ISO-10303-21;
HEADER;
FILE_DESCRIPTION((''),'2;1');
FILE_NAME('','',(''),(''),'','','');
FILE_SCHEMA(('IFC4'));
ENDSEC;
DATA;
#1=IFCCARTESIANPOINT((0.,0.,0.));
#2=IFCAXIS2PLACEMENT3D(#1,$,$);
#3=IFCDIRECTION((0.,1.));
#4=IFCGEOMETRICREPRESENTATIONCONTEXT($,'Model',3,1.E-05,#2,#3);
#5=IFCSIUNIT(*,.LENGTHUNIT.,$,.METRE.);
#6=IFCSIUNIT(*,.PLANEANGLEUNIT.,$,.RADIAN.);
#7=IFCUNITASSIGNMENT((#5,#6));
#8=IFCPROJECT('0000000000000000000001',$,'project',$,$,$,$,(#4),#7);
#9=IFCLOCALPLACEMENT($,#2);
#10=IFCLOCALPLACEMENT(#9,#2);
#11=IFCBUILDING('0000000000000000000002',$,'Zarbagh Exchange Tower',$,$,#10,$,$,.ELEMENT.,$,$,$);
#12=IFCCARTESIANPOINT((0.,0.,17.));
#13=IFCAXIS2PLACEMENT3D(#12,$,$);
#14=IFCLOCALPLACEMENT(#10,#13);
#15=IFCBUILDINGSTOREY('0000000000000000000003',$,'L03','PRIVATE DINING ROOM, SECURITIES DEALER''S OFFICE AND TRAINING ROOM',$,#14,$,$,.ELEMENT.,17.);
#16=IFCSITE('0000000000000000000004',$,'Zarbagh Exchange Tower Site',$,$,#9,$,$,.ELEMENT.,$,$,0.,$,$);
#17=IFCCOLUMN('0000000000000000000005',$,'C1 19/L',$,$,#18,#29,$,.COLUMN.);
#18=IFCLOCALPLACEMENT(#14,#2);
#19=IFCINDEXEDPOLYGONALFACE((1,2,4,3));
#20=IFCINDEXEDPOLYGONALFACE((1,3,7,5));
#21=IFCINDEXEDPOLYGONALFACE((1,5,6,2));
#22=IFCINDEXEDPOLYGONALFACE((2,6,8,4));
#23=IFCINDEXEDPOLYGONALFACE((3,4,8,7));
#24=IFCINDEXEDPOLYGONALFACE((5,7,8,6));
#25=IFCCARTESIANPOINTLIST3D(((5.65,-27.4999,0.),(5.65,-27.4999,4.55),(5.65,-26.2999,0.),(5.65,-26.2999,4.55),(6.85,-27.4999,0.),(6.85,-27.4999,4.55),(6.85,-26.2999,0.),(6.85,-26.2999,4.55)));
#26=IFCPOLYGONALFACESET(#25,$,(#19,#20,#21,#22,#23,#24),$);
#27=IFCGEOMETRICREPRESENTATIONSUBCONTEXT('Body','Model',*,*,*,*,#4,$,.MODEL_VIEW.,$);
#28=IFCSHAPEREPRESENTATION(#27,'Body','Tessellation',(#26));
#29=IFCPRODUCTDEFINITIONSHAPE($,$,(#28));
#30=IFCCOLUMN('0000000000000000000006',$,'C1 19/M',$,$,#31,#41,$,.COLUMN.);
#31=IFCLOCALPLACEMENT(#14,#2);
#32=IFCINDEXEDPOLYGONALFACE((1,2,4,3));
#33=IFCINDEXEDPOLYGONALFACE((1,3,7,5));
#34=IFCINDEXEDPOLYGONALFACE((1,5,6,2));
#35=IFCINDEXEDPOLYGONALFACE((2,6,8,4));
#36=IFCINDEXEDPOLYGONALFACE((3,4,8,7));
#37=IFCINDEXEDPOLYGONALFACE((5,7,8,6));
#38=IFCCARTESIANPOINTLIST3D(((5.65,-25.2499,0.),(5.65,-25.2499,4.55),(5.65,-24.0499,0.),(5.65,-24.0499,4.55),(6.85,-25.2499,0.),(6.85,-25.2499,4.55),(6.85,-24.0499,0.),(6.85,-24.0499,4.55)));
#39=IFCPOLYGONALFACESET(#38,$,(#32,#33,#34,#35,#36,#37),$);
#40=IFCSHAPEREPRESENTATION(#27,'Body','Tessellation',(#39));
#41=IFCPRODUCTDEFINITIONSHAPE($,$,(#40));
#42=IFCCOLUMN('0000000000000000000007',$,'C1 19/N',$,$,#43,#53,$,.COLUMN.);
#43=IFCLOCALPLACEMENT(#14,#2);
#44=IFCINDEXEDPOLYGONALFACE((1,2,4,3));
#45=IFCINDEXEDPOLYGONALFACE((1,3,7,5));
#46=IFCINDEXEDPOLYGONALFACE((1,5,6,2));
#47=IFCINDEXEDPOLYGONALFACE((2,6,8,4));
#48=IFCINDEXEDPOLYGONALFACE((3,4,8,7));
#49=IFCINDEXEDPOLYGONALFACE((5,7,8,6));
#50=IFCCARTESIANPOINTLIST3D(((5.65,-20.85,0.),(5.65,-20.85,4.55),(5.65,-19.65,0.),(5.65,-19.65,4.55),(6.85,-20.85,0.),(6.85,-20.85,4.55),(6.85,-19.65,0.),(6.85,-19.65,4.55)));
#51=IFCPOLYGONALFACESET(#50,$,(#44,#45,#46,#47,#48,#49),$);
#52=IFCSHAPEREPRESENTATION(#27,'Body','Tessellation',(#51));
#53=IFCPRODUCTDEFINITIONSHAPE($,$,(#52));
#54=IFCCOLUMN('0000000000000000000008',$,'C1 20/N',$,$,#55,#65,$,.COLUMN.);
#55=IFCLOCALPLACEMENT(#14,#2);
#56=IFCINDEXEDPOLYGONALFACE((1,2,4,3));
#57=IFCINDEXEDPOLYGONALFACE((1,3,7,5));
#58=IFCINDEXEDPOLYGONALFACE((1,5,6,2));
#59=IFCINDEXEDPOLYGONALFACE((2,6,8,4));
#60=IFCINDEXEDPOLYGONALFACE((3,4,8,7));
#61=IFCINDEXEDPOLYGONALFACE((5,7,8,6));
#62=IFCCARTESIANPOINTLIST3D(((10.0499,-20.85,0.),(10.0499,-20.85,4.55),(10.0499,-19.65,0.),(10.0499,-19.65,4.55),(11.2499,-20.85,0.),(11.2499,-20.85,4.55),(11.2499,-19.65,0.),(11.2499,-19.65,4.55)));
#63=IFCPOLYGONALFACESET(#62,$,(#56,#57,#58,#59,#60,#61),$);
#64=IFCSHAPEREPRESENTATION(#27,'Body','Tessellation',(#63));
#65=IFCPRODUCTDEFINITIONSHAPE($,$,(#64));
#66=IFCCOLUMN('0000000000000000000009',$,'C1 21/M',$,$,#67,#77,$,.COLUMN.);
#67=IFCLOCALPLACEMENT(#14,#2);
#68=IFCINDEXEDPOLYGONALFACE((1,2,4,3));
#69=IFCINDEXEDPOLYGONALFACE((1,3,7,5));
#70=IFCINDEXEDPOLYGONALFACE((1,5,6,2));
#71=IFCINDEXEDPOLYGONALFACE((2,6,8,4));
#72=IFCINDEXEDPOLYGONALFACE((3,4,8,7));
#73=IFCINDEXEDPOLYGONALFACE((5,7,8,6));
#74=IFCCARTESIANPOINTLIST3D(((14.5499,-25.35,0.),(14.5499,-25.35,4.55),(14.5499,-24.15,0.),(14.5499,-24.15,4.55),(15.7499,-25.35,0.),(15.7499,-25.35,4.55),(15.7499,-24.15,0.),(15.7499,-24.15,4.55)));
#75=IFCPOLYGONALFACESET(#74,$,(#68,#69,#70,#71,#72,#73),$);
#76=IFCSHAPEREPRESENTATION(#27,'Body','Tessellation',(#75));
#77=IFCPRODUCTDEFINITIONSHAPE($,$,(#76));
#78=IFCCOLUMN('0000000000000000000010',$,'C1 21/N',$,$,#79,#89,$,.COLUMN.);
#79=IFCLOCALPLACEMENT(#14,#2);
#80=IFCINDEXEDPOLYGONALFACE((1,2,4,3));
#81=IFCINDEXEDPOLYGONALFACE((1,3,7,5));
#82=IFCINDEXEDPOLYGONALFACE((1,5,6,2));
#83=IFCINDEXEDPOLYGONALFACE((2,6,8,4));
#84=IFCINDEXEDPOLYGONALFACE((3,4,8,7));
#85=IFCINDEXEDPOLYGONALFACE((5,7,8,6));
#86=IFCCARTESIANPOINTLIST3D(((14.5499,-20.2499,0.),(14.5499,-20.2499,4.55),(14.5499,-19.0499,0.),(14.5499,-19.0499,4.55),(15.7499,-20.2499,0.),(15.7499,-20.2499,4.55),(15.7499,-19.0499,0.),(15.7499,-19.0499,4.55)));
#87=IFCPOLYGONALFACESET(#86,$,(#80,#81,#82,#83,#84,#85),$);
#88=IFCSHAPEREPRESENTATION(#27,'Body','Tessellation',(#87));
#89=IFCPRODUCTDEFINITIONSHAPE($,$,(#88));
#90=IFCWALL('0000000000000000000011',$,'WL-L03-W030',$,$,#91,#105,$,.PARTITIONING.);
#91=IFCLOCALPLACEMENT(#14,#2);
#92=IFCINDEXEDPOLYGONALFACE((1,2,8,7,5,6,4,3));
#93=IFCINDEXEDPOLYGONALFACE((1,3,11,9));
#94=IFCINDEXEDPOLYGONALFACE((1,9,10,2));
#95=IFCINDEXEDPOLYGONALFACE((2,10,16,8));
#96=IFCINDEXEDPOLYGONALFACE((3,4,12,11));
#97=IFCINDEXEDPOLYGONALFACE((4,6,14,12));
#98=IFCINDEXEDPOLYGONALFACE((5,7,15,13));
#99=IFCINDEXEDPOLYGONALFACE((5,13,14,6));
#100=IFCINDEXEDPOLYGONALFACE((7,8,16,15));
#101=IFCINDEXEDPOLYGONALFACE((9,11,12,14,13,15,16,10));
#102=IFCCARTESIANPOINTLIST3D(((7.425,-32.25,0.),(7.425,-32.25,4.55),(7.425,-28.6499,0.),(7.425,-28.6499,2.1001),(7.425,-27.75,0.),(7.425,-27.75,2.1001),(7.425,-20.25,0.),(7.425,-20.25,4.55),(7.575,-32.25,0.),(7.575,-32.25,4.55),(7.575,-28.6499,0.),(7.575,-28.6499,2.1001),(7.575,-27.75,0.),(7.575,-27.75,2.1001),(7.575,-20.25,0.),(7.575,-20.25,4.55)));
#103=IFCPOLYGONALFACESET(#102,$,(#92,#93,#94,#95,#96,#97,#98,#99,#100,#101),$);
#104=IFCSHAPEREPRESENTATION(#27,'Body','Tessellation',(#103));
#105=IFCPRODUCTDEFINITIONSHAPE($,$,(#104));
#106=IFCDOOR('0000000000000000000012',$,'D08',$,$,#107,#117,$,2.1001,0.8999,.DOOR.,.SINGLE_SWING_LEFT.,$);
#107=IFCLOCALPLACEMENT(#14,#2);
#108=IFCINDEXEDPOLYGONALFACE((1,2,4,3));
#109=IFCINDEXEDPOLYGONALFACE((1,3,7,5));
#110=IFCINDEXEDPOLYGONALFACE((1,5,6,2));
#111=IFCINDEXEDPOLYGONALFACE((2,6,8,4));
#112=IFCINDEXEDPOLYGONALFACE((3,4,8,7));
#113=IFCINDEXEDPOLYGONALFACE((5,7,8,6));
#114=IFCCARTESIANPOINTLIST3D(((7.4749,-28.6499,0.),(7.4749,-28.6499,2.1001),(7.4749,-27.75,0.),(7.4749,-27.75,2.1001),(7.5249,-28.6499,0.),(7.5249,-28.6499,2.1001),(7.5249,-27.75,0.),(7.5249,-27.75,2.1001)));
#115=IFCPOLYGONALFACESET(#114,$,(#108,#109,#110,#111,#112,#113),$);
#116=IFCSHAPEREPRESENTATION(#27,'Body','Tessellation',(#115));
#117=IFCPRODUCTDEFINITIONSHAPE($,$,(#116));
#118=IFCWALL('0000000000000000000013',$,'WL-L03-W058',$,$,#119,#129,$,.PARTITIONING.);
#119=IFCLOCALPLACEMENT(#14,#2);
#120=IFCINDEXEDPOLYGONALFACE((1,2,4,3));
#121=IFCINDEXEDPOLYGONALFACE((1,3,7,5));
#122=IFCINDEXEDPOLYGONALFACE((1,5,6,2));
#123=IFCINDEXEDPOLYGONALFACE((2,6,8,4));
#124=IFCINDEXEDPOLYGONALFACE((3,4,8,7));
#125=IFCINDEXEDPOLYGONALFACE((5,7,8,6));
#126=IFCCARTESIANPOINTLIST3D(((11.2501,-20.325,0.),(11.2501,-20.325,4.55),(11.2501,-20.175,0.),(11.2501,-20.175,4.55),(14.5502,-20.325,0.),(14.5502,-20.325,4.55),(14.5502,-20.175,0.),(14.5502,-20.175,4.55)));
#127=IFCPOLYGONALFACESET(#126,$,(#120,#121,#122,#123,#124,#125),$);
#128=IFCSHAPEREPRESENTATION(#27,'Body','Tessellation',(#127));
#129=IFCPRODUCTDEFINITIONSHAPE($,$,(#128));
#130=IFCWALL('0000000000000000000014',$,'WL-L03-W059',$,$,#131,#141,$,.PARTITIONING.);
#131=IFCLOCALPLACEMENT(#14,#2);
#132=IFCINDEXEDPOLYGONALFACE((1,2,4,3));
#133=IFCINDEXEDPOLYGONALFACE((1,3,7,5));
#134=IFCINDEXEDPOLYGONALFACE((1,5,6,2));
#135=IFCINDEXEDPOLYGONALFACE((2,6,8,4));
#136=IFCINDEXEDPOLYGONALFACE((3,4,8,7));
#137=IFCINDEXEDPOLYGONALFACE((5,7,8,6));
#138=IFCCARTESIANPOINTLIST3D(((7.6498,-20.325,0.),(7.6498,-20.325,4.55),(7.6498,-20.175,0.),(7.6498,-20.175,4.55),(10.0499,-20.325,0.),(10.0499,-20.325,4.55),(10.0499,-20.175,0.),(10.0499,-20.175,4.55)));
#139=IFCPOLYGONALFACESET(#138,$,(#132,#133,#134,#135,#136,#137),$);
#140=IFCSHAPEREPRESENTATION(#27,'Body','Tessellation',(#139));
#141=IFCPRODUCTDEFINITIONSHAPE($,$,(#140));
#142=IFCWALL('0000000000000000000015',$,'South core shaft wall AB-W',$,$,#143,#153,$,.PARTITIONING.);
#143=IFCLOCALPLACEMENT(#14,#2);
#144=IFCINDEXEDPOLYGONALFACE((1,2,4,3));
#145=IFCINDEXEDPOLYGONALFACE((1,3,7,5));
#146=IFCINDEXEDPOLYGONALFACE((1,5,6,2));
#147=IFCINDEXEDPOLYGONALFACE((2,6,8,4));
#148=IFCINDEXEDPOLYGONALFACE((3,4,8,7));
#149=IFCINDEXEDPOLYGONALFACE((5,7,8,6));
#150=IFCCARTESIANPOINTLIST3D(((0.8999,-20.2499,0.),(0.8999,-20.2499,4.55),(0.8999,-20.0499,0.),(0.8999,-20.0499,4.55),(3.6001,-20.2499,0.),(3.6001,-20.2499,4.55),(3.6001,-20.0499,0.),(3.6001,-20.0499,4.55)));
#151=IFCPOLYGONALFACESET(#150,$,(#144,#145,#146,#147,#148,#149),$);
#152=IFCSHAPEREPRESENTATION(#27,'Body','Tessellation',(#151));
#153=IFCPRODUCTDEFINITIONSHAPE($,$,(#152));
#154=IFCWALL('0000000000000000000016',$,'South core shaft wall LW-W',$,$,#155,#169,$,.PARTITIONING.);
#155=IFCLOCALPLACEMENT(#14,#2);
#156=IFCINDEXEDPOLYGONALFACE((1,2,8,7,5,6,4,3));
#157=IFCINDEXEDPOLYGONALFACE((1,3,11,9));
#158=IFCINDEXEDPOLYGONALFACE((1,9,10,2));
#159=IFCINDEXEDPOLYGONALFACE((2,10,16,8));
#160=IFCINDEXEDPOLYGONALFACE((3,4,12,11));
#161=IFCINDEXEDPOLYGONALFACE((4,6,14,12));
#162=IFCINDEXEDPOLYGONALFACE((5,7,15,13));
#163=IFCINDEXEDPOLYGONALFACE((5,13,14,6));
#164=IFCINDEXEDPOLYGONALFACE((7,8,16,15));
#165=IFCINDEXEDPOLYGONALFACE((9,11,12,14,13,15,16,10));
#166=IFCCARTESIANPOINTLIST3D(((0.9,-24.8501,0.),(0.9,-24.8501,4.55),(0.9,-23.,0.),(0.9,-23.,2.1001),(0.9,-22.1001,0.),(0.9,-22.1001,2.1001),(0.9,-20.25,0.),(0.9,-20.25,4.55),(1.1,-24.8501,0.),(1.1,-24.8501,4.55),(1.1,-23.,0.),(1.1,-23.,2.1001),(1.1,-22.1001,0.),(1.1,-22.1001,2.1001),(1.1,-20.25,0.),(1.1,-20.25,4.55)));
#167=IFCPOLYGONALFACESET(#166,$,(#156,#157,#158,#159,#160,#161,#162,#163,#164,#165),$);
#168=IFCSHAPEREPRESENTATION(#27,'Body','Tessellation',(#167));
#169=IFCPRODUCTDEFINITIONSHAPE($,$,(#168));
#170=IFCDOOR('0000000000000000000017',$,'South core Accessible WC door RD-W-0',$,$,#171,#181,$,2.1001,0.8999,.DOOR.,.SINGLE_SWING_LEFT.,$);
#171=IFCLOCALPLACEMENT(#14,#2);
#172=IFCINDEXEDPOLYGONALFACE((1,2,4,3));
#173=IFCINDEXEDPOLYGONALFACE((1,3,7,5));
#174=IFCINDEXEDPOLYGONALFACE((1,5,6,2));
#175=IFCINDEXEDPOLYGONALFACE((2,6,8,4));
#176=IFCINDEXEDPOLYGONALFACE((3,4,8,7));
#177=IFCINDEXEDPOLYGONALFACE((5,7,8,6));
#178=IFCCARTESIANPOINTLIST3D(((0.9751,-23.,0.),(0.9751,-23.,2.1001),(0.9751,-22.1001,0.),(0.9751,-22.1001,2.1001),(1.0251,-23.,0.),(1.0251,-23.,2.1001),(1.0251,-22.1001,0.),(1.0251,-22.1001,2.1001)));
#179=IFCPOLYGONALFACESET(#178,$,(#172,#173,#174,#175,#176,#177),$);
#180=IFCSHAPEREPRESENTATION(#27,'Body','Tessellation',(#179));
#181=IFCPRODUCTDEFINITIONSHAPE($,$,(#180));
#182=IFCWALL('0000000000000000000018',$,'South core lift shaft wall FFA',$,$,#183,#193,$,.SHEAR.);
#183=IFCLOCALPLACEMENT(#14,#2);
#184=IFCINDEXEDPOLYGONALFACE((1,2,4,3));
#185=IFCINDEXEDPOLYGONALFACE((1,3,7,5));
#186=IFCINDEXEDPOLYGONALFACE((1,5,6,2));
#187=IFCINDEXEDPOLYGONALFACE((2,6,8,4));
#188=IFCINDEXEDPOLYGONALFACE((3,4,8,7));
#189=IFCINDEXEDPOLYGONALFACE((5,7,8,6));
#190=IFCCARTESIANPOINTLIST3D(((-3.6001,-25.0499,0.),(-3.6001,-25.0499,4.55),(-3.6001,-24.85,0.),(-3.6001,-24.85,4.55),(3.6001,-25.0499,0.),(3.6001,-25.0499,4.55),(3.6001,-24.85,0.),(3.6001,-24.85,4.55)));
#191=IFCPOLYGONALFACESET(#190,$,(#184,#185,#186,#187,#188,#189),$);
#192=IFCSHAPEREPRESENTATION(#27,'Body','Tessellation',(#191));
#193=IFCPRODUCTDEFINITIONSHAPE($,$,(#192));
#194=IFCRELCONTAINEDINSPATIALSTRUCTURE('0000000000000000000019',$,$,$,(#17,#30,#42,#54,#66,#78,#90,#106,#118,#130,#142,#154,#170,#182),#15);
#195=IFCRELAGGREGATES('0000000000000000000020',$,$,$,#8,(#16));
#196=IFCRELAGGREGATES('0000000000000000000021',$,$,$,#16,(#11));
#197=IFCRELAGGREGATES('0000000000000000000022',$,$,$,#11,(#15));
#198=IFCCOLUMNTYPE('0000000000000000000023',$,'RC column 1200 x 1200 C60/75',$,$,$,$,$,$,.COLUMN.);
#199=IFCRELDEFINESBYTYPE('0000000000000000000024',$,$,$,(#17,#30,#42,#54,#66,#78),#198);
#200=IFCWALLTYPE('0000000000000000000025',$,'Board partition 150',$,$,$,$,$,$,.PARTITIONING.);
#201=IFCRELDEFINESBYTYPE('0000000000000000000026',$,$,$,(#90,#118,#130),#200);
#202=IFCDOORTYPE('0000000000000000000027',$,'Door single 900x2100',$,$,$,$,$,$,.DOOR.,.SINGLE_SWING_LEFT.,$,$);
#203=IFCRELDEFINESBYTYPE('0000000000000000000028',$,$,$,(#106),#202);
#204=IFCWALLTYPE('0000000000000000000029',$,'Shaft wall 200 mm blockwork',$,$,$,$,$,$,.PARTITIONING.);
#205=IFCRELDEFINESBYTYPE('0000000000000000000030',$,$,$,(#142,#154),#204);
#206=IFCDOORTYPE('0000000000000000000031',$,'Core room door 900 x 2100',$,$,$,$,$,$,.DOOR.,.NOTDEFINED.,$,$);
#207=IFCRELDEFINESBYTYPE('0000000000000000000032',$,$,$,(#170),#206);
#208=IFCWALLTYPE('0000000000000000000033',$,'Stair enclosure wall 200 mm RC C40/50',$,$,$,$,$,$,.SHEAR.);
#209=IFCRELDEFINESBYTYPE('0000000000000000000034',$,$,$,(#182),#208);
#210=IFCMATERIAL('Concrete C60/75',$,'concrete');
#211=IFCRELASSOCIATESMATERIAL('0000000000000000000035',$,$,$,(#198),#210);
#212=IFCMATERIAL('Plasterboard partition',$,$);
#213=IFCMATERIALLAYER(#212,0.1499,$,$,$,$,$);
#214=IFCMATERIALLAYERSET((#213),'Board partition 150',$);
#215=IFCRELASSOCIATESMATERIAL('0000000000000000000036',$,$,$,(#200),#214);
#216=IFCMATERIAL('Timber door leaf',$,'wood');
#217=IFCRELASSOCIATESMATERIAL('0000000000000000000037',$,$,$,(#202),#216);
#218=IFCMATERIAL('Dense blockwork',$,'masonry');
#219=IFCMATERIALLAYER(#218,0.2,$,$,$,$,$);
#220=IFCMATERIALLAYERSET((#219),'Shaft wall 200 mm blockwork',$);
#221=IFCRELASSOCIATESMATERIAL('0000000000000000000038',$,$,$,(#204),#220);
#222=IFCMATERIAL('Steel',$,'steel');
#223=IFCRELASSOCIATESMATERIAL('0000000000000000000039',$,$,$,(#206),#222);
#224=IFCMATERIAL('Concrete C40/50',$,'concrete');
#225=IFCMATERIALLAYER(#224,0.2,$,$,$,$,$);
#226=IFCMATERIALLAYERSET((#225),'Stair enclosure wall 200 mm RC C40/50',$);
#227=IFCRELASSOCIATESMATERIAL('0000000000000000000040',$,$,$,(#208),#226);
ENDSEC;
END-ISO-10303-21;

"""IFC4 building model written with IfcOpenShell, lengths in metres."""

from ifc_helpers import new_model, si_unit, direction, frame, frame_2d, origin, origin_2d, place, context, subcontext, project, spatial, rectangle, extrude, material, layer, layer_set, material_profile, profile_set, type_object, element, fill, save


model = new_model("IFC4")

# Units and contexts
model_context = context("Model", 3, precision=1e-05, world=origin(), true_north=direction((0.0, 1.0)))
body_context = subcontext(model_context, "Body", "Model", "MODEL_VIEW")
ifc_project = project(units=[si_unit("LENGTHUNIT", "METRE"), si_unit("PLANEANGLEUNIT", "RADIAN")], contexts=[model_context])

# Site, building, storey
site_placement = place(None, origin())
site = spatial("IfcSite", under=ifc_project, at=site_placement, Name="Zarbagh Exchange Tower Site", CompositionType="ELEMENT", RefElevation=0.0)
building_placement = place(site_placement, origin())
building = spatial("IfcBuilding", under=site, at=building_placement, Name="Zarbagh Exchange Tower", CompositionType="ELEMENT")
storey_placement = place(building_placement, frame((0.0, 0.0, 17.0)))
storey = spatial("IfcBuildingStorey", under=building, at=storey_placement, Name="L03", Description="PRIVATE DINING ROOM, SECURITIES DEALER'S OFFICE AND TRAINING ROOM", CompositionType="ELEMENT", Elevation=17.0)

# Columns
ifc_material_1 = material(Name="Concrete C60/75", Category="concrete")
ifc_material_profile = material_profile(ifc_material_1, rectangle(XDim=1.2, YDim=1.2, at=origin_2d()), Name="RC column 1200 x 1200 C60/75")
ifc_profile_set = profile_set([ifc_material_profile], Name="Concrete C60/75")
column_type = type_object("IfcColumnType", Name="RC column 1200 x 1200 C60/75", PredefinedType="COLUMN", material=ifc_profile_set)
for number, where, z_axis, x_axis, name in (
    (1, (6.25, -26.8999, 0.0), (0.0, 0.0, 1.0), (1.0, 0.0, 0.0), "C1 19/L"),
    (2, (6.25, -24.6499, 0.0), (0.0, 0.0, 1.0), (1.0, 0.0, 0.0), "C1 19/M"),
    (3, (6.25, -20.25, 0.0), (0.0, 0.0, 1.0), (1.0, 0.0, 0.0), "C1 19/N"),
    (4, (10.6499, -20.25, 0.0), (0.0, 0.0, 1.0), (1.0, 0.0, 0.0), "C1 20/N"),
    (5, (15.1499, -24.75, 0.0), (0.0, 0.0, 1.0), (1.0, 0.0, 0.0), "C1 21/M"),
    (6, (15.1499, -19.6499, 0.0), (0.0, 0.0, 1.0), (1.0, 0.0, 0.0), "C1 21/N"),
):
    element("IfcColumn", number, at=place(storey_placement, frame(where, z_axis=z_axis, x_axis=x_axis)), inside=storey, type_object=column_type, Name=name, PredefinedType="COLUMN", context=body_context, shape_type="SweptSolid", body=[
        extrude(rectangle(XDim=1.2, YDim=1.2, at=origin_2d()), origin(), (0.0, 0.0, 1.0), 4.55),
    ])

# Wall, opening, door
ifc_material_2 = material(Name="Plasterboard partition")
ifc_layer_1 = layer(ifc_material_2, 0.1499)
ifc_layer_set_1 = layer_set([ifc_layer_1], Name="Board partition 150")
wall_type_1 = type_object("IfcWallType", Name="Board partition 150", PredefinedType="PARTITIONING", material=ifc_layer_set_1)
wall_1_placement = place(storey_placement, frame((7.5, -20.25, 0.0), z_axis=(0.0, 0.0, 1.0), x_axis=(0.0, -1.0, 0.0)))
wall_1 = element("IfcWall", 7, at=wall_1_placement, inside=storey, type_object=wall_type_1, Name="WL-L03-W030", PredefinedType="PARTITIONING", context=body_context, shape_type="SweptSolid", body=[
    extrude(rectangle(XDim=12.0, YDim=0.1499, at=frame_2d((6.0, 0.0))), origin(), (0.0, 0.0, 1.0), 4.55),
])
opening_1_placement = place(wall_1_placement, frame((7.5, 0.0, 0.0)))
opening_1 = element("IfcOpeningElement", 8, at=opening_1_placement, cuts=wall_1, PredefinedType="OPENING", context=body_context, shape_type="SweptSolid", body=[
    extrude(rectangle(XDim=0.8999, YDim=2.1001, at=frame_2d((0.45, 1.05))), frame((0.0, 0.085, 0.0), z_axis=(0.0, -1.0, 0.0), x_axis=(1.0, 0.0, 0.0)), (0.0, 0.0, 1.0), 0.1699),
])
ifc_material_3 = material(Name="Timber door leaf", Category="wood")
door_type_1 = type_object("IfcDoorType", Name="Door single 900x2100", OperationType="SINGLE_SWING_LEFT", PredefinedType="DOOR", material=ifc_material_3)
door_1_placement = place(opening_1_placement, origin())
door_1 = element("IfcDoor", 9, at=door_1_placement, inside=storey, type_object=door_type_1, Name="D08", OperationType="SINGLE_SWING_LEFT", OverallHeight=2.1001, OverallWidth=0.8999, PredefinedType="DOOR", context=body_context, shape_type="SweptSolid", body=[
    extrude(rectangle(XDim=0.8999, YDim=2.1001, at=frame_2d((0.45, 1.05))), frame((0.0, 0.0249, 0.0), z_axis=(0.0, -1.0, 0.0), x_axis=(1.0, 0.0, 0.0)), (0.0, 0.0, 1.0), 0.05),
])
fill(opening_1, door_1)

# Walls
wall_2_placement = place(storey_placement, frame((14.55, -20.25, 0.0), z_axis=(0.0, 0.0, 1.0), x_axis=(-1.0, 0.0, 0.0)))
element("IfcWall", 10, at=wall_2_placement, inside=storey, type_object=wall_type_1, Name="WL-L03-W058", PredefinedType="PARTITIONING", context=body_context, shape_type="SweptSolid", body=[
    extrude(rectangle(XDim=3.3, YDim=0.1499, at=frame_2d((1.6499, 0.0))), origin(), (0.0, 0.0, 1.0), 4.55),
])
wall_3_placement = place(storey_placement, frame((10.05, -20.25, 0.0), z_axis=(0.0, 0.0, 1.0), x_axis=(-1.0, 0.0, 0.0)))
element("IfcWall", 11, at=wall_3_placement, inside=storey, type_object=wall_type_1, Name="WL-L03-W059", PredefinedType="PARTITIONING", context=body_context, shape_type="SweptSolid", body=[
    extrude(rectangle(XDim=2.4001, YDim=0.1499, at=frame_2d((1.2002, 0.0))), origin(), (0.0, 0.0, 1.0), 4.55),
])
ifc_material_4 = material(Name="Dense blockwork", Category="masonry")
ifc_layer_2 = layer(ifc_material_4, 0.2)
ifc_layer_set_2 = layer_set([ifc_layer_2], Name="Shaft wall 200 mm blockwork")
wall_type_2 = type_object("IfcWallType", Name="Shaft wall 200 mm blockwork", PredefinedType="PARTITIONING", material=ifc_layer_set_2)
wall_4_placement = place(storey_placement, frame((3.6001, -20.1499, 0.0), z_axis=(0.0, 0.0, 1.0), x_axis=(-1.0, 0.0, 0.0)))
element("IfcWall", 12, at=wall_4_placement, inside=storey, type_object=wall_type_2, Name="South core shaft wall AB-W", PredefinedType="PARTITIONING", context=body_context, shape_type="SweptSolid", body=[
    extrude(rectangle(XDim=2.7002, YDim=0.2, at=frame_2d((1.3501, 0.0))), origin(), (0.0, 0.0, 1.0), 4.55),
])

# Wall, opening, door
wall_5_placement = place(storey_placement, frame((1.0, -24.8501, 0.0), z_axis=(0.0, 0.0, 1.0), x_axis=(0.0, 1.0, 0.0)))
wall_5 = element("IfcWall", 13, at=wall_5_placement, inside=storey, type_object=wall_type_2, Name="South core shaft wall LW-W", PredefinedType="PARTITIONING", context=body_context, shape_type="SweptSolid", body=[
    extrude(rectangle(XDim=4.6001, YDim=0.2, at=frame_2d((2.3, 0.0))), origin(), (0.0, 0.0, 1.0), 4.55),
])
opening_2_placement = place(wall_5_placement, frame((1.8501, 0.0, 0.0)))
opening_2 = element("IfcOpeningElement", 14, at=opening_2_placement, cuts=wall_5, PredefinedType="OPENING", context=body_context, shape_type="SweptSolid", body=[
    extrude(rectangle(XDim=0.8999, YDim=2.1001, at=frame_2d((0.45, 1.05))), frame((0.0, 0.1099, 0.0), z_axis=(0.0, -1.0, 0.0), x_axis=(1.0, 0.0, 0.0)), (0.0, 0.0, 1.0), 0.22),
])
ifc_material_5 = material(Name="Steel", Category="steel")
door_type_2 = type_object("IfcDoorType", Name="Core room door 900 x 2100", OperationType="NOTDEFINED", PredefinedType="DOOR", material=ifc_material_5)
door_2_placement = place(opening_2_placement, origin())
door_2 = element("IfcDoor", 15, at=door_2_placement, inside=storey, type_object=door_type_2, Name="South core Accessible WC door RD-W-0", OperationType="SINGLE_SWING_LEFT", OverallHeight=2.1001, OverallWidth=0.8999, PredefinedType="DOOR", context=body_context, shape_type="SweptSolid", body=[
    extrude(rectangle(XDim=0.8999, YDim=2.1001, at=frame_2d((0.45, 1.05))), frame((0.0, 0.0249, 0.0), z_axis=(0.0, -1.0, 0.0), x_axis=(1.0, 0.0, 0.0)), (0.0, 0.0, 1.0), 0.05),
])
fill(opening_2, door_2)

# Wall
ifc_material_6 = material(Name="Concrete C40/50", Category="concrete")
ifc_layer_3 = layer(ifc_material_6, 0.2)
ifc_layer_set_3 = layer_set([ifc_layer_3], Name="Stair enclosure wall 200 mm RC C40/50")
wall_type_3 = type_object("IfcWallType", Name="Stair enclosure wall 200 mm RC C40/50", PredefinedType="SHEAR", material=ifc_layer_set_3)
for number, where, z_axis, x_axis, name in (
    (16, (3.6001, -24.95, 0.0), (0.0, 0.0, 1.0), (-1.0, 0.0, 0.0), "South core lift shaft wall FFA"),
):
    element("IfcWall", number, at=place(storey_placement, frame(where, z_axis=z_axis, x_axis=x_axis)), inside=storey, type_object=wall_type_3, Name=name, PredefinedType="SHEAR", context=body_context, shape_type="SweptSolid", body=[
        extrude(rectangle(XDim=7.2002, YDim=0.2, at=frame_2d((3.6001, 0.0))), origin(), (0.0, 0.0, 1.0), 4.55),
    ])

save(model, "model.ifc")
